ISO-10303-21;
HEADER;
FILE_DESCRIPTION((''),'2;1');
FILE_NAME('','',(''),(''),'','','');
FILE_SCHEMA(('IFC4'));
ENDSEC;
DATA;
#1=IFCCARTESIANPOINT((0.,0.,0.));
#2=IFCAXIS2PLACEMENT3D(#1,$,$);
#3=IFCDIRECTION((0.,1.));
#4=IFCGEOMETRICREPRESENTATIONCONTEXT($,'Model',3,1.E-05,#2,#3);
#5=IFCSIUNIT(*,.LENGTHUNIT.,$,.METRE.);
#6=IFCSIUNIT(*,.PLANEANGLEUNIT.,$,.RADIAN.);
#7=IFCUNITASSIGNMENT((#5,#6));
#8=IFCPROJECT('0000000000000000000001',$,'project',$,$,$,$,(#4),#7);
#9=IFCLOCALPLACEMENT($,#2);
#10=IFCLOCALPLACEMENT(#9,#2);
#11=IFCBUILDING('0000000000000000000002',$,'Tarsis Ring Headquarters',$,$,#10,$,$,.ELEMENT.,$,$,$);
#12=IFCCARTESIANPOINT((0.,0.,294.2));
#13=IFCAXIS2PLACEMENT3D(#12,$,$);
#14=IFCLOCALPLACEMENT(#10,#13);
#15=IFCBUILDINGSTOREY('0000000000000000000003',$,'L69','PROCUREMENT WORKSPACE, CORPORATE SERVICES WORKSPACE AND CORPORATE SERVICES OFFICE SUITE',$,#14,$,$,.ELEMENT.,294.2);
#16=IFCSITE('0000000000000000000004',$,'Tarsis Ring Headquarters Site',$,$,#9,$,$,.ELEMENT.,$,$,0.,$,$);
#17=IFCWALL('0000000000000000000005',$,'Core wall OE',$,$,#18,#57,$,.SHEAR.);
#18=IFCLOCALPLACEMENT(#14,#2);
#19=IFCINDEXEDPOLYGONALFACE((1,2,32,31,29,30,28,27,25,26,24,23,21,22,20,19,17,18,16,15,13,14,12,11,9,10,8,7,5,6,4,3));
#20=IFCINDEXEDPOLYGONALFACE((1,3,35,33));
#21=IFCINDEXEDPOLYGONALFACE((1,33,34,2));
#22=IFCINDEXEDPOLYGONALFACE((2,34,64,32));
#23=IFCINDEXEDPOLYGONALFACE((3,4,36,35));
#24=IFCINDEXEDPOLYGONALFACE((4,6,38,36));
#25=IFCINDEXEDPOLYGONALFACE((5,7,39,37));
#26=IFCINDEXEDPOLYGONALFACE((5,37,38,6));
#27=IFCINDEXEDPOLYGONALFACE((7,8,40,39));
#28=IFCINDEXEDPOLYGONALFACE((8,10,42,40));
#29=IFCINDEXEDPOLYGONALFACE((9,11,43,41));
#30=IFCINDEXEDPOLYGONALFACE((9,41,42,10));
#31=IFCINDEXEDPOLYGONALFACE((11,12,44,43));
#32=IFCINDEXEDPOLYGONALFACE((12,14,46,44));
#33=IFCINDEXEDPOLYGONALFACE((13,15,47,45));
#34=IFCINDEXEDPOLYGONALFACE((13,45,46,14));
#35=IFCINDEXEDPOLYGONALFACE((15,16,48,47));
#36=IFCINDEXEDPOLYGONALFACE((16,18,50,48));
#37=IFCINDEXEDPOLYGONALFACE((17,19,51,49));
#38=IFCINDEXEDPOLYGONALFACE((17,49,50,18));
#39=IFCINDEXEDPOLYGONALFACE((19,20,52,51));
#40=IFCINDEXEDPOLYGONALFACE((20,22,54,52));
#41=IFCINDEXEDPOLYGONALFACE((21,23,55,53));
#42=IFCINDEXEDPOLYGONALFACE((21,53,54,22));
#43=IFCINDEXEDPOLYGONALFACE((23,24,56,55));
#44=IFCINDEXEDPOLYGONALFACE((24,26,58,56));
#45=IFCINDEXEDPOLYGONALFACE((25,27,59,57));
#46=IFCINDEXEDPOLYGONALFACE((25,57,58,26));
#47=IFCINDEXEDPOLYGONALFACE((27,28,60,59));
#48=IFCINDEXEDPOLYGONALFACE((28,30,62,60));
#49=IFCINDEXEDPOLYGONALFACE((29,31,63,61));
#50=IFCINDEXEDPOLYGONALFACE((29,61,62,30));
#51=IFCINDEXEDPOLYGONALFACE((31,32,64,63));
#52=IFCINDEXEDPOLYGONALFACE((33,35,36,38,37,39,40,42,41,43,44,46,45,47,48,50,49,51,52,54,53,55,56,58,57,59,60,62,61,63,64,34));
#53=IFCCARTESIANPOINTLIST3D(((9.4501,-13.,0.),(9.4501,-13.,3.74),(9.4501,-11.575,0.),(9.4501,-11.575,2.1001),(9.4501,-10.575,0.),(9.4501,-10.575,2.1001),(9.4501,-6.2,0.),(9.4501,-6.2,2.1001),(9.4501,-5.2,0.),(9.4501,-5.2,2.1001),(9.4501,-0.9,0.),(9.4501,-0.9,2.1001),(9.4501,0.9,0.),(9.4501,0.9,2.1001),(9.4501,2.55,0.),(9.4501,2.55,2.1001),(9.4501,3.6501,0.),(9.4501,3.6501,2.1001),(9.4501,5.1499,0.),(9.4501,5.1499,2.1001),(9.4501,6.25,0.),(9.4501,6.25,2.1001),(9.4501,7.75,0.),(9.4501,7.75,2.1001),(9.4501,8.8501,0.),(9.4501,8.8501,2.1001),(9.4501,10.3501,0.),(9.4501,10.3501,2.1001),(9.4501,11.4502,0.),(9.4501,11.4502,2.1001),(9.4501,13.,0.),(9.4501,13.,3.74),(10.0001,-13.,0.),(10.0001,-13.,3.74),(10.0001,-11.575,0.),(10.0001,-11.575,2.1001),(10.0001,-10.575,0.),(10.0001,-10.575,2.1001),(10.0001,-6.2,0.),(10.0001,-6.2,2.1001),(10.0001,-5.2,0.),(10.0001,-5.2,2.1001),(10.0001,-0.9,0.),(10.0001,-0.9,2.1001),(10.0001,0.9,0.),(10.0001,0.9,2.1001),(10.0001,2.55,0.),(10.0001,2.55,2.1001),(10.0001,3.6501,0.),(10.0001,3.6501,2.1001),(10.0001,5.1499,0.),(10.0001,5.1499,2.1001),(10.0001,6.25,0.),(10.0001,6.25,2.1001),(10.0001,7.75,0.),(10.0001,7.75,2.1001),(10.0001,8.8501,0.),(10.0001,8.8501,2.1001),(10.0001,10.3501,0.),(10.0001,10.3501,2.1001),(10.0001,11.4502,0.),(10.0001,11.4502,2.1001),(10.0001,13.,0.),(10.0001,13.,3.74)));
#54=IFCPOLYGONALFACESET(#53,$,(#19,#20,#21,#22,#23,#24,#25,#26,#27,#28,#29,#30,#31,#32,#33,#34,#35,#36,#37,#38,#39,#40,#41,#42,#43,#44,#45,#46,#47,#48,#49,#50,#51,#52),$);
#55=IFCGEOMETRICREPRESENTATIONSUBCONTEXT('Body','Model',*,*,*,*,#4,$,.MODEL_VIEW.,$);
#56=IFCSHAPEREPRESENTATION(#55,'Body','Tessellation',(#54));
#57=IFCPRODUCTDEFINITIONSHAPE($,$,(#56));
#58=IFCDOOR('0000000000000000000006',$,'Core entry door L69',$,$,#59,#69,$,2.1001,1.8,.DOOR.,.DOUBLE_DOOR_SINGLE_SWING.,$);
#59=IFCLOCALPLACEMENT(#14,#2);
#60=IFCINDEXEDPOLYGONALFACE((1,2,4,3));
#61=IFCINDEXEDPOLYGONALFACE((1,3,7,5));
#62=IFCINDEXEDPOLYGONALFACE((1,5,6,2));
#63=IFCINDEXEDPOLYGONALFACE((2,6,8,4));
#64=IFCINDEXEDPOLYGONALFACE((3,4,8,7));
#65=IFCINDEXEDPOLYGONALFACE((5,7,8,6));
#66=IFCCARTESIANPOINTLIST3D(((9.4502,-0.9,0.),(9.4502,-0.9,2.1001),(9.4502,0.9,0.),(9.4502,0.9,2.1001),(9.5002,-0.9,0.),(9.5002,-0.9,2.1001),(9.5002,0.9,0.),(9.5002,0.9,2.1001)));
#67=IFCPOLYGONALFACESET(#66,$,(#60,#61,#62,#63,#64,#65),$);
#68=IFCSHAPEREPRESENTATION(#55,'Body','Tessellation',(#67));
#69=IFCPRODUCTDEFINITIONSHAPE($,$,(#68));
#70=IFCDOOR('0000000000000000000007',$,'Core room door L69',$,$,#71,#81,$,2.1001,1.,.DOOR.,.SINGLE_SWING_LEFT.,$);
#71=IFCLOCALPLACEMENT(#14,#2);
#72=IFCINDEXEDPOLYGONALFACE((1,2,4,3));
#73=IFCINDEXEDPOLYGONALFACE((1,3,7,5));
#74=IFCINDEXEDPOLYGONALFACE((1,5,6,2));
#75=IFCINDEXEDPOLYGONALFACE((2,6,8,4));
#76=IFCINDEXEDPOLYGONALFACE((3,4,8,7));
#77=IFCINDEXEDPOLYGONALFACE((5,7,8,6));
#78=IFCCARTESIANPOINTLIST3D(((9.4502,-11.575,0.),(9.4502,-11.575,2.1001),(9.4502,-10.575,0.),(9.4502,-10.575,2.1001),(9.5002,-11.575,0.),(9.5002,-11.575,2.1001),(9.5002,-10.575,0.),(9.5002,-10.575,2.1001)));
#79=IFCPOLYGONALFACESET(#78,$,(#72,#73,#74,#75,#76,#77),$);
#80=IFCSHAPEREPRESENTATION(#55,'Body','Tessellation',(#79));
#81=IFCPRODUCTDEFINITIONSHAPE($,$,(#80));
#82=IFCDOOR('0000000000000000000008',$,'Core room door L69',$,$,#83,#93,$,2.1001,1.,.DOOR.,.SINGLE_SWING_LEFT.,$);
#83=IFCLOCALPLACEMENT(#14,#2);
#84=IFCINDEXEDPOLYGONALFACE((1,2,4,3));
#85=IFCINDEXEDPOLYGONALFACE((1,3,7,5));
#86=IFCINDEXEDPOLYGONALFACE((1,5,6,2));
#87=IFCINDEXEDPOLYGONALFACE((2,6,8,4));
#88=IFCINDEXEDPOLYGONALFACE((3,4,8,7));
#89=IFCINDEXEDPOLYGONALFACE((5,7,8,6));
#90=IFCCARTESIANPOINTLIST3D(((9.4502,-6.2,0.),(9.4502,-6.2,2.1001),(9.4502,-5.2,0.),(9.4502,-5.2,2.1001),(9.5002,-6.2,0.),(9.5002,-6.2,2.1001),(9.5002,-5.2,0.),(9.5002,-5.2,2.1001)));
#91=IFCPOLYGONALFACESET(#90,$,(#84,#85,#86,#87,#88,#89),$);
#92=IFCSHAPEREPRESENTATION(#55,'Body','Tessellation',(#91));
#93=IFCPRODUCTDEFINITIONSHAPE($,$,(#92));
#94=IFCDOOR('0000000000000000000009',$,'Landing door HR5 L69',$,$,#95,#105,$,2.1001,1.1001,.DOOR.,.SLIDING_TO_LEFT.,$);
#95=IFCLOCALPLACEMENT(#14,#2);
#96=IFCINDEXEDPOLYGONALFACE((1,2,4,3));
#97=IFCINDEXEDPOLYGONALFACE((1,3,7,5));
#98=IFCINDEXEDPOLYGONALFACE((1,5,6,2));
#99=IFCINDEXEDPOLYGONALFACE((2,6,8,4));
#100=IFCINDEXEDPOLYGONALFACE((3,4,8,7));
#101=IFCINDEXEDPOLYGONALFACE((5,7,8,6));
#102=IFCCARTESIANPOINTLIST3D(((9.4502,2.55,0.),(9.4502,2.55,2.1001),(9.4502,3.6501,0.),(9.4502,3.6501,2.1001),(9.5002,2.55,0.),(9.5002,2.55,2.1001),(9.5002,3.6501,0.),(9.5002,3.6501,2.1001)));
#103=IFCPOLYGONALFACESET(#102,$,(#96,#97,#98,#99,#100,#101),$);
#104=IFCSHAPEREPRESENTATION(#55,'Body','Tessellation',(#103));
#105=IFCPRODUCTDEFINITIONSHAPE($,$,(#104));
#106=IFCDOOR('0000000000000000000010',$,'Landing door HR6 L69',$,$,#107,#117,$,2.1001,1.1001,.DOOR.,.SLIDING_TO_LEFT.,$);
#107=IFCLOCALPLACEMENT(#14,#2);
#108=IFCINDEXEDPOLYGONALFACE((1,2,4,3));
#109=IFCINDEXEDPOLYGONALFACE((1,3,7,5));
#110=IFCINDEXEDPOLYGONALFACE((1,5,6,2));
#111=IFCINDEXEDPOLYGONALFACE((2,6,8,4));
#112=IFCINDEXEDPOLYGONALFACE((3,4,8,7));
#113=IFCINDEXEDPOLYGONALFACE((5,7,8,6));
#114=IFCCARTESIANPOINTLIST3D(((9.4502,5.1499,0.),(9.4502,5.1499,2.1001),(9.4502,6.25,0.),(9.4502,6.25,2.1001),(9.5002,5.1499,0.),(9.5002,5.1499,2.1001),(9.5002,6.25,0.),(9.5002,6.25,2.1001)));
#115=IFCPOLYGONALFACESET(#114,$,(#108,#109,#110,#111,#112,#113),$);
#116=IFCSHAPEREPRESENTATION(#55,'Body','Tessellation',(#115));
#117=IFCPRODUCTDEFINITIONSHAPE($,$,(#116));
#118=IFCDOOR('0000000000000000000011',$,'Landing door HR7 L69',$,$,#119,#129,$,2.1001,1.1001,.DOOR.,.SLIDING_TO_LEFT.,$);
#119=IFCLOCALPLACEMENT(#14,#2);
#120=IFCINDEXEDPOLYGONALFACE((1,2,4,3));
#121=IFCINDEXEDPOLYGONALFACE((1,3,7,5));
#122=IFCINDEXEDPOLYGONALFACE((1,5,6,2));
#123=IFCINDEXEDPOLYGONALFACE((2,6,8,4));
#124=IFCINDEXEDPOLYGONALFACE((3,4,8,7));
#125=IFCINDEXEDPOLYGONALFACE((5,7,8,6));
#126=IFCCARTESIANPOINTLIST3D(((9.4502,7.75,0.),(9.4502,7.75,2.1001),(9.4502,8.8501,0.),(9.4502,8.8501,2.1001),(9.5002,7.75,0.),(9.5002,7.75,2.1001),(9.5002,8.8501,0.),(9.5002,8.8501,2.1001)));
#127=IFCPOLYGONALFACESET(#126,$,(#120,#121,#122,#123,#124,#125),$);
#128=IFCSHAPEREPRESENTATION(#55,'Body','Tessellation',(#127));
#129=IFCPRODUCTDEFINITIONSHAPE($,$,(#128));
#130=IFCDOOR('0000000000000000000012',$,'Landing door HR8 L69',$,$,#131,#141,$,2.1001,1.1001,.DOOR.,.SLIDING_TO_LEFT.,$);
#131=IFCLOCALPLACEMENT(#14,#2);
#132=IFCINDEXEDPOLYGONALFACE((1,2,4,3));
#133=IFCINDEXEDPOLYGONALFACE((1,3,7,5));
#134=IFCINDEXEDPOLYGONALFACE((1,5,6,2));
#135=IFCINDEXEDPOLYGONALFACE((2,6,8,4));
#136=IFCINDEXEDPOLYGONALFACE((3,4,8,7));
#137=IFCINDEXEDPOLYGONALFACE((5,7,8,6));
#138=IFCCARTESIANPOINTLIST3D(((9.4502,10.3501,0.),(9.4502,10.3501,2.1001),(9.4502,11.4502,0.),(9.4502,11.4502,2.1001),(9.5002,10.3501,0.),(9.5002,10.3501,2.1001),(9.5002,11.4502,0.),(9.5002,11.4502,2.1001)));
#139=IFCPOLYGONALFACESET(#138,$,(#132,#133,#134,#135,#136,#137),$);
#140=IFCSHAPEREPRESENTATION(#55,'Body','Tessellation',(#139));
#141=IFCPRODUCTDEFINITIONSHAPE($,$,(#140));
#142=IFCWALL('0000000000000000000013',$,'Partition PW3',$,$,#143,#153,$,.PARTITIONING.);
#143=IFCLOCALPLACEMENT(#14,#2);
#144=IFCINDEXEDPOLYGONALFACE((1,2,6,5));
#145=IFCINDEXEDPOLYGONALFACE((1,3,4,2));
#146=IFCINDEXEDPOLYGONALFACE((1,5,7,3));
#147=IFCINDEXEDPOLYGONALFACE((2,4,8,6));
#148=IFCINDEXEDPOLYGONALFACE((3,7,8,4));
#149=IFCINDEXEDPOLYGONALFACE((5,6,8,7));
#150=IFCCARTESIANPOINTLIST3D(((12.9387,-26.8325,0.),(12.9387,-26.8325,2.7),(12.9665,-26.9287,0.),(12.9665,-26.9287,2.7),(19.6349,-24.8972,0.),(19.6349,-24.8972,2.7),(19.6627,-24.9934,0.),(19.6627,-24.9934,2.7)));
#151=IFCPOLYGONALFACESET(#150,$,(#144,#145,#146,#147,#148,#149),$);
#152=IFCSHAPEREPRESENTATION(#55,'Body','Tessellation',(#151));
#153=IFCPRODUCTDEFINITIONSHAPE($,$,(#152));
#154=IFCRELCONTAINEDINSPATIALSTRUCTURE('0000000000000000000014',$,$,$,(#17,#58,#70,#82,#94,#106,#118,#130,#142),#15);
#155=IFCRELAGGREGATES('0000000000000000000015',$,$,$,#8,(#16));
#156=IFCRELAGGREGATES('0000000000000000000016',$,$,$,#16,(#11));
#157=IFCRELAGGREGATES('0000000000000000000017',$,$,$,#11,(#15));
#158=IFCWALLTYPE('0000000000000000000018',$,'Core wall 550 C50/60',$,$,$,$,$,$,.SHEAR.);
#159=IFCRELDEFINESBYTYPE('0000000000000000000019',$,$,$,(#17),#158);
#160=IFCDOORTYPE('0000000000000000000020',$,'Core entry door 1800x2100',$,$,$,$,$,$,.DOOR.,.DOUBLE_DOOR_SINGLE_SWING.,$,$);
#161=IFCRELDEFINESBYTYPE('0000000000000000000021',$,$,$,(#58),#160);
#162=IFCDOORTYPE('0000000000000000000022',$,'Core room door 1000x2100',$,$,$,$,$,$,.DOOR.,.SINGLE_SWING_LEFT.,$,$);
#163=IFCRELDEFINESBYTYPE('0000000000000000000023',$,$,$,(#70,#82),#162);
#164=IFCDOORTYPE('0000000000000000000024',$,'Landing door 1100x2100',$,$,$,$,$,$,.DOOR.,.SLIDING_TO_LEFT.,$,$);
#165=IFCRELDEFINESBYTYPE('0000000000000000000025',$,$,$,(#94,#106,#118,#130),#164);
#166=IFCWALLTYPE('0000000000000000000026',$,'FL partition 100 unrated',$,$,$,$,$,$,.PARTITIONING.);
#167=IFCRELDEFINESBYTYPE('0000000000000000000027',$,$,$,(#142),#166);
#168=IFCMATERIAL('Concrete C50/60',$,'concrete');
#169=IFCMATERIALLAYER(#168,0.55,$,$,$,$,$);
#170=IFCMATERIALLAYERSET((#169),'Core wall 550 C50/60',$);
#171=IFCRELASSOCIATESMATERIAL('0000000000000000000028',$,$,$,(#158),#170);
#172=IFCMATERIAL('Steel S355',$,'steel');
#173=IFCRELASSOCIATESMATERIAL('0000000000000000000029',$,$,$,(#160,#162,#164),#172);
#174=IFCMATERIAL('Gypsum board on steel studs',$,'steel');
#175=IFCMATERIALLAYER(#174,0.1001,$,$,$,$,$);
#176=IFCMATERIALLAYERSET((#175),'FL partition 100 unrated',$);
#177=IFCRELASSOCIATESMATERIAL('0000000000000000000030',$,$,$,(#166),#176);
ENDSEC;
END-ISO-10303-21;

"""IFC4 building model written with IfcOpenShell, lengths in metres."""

from ifc_helpers import new_model, si_unit, direction, frame, frame_2d, origin, place, context, subcontext, project, spatial, rectangle, extrude, material, layer, layer_set, type_object, element, fill, save


model = new_model("IFC4")

# Units and contexts
model_context = context("Model", 3, precision=1e-05, world=origin(), true_north=direction((0.0, 1.0)))
body_context = subcontext(model_context, "Body", "Model", "MODEL_VIEW")
ifc_project = project(units=[si_unit("LENGTHUNIT", "METRE"), si_unit("PLANEANGLEUNIT", "RADIAN")], contexts=[model_context])

# Site, building, storey
site_placement = place(None, origin())
site = spatial("IfcSite", under=ifc_project, at=site_placement, Name="Tarsis Ring Headquarters Site", CompositionType="ELEMENT", RefElevation=0.0)
building_placement = place(site_placement, origin())
building = spatial("IfcBuilding", under=site, at=building_placement, Name="Tarsis Ring Headquarters", CompositionType="ELEMENT")
storey_placement = place(building_placement, frame((0.0, 0.0, 294.2)))
storey = spatial("IfcBuildingStorey", under=building, at=storey_placement, Name="L69", Description="PROCUREMENT WORKSPACE, CORPORATE SERVICES WORKSPACE AND CORPORATE SERVICES OFFICE SUITE", CompositionType="ELEMENT", Elevation=294.2)

# Wall, openings, doors
ifc_material_1 = material(Name="Concrete C50/60", Category="concrete")
ifc_layer_1 = layer(ifc_material_1, 0.55)
ifc_layer_set_1 = layer_set([ifc_layer_1], Name="Core wall 550 C50/60")
wall_type_1 = type_object("IfcWallType", Name="Core wall 550 C50/60", PredefinedType="SHEAR", material=ifc_layer_set_1)
wall_1_placement = place(storey_placement, frame((9.7251, -13.0, 0.0), z_axis=(0.0, 0.0, 1.0), x_axis=(0.0, 1.0, 0.0)))
wall_1 = element("IfcWall", 1, at=wall_1_placement, inside=storey, type_object=wall_type_1, Name="Core wall OE", PredefinedType="SHEAR", context=body_context, shape_type="SweptSolid", body=[
    extrude(rectangle(XDim=26.0, YDim=0.55, at=frame_2d((13.0, 0.0))), origin(), (0.0, 0.0, 1.0), 3.74),
])
opening_1_placement = place(wall_1_placement, frame((1.425, 0.0, 0.0)))
opening_1 = element("IfcOpeningElement", 2, at=opening_1_placement, cuts=wall_1, PredefinedType="OPENING", context=body_context, shape_type="SweptSolid", body=[
    extrude(rectangle(XDim=1.0, YDim=2.1001, at=frame_2d((0.5, 1.05))), frame((0.0, 0.2849, 0.0), z_axis=(0.0, -1.0, 0.0), x_axis=(1.0, 0.0, 0.0)), (0.0, 0.0, 1.0), 0.5701),
])
opening_2_placement = place(wall_1_placement, frame((6.8, 0.0, 0.0)))
opening_2 = element("IfcOpeningElement", 3, at=opening_2_placement, cuts=wall_1, PredefinedType="OPENING", context=body_context, shape_type="SweptSolid", body=[
    extrude(rectangle(XDim=1.0, YDim=2.1001, at=frame_2d((0.5, 1.05))), frame((0.0, 0.2849, 0.0), z_axis=(0.0, -1.0, 0.0), x_axis=(1.0, 0.0, 0.0)), (0.0, 0.0, 1.0), 0.5701),
])
opening_3_placement = place(wall_1_placement, frame((12.1001, 0.0, 0.0)))
opening_3 = element("IfcOpeningElement", 4, at=opening_3_placement, cuts=wall_1, PredefinedType="OPENING", context=body_context, shape_type="SweptSolid", body=[
    extrude(rectangle(XDim=1.8, YDim=2.1001, at=frame_2d((0.8999, 1.05))), frame((0.0, 0.2849, 0.0), z_axis=(0.0, -1.0, 0.0), x_axis=(1.0, 0.0, 0.0)), (0.0, 0.0, 1.0), 0.5701),
])
opening_4_placement = place(wall_1_placement, frame((15.55, 0.0, 0.0)))
opening_4 = element("IfcOpeningElement", 5, at=opening_4_placement, cuts=wall_1, PredefinedType="OPENING", context=body_context, shape_type="SweptSolid", body=[
    extrude(rectangle(XDim=1.1001, YDim=2.1001, at=frame_2d((0.55, 1.05))), frame((0.0, 0.2849, 0.0), z_axis=(0.0, -1.0, 0.0), x_axis=(1.0, 0.0, 0.0)), (0.0, 0.0, 1.0), 0.5701),
])
opening_5_placement = place(wall_1_placement, frame((18.1499, 0.0, 0.0)))
opening_5 = element("IfcOpeningElement", 6, at=opening_5_placement, cuts=wall_1, PredefinedType="OPENING", context=body_context, shape_type="SweptSolid", body=[
    extrude(rectangle(XDim=1.1001, YDim=2.1001, at=frame_2d((0.55, 1.05))), frame((0.0, 0.2849, 0.0), z_axis=(0.0, -1.0, 0.0), x_axis=(1.0, 0.0, 0.0)), (0.0, 0.0, 1.0), 0.5701),
])
opening_6_placement = place(wall_1_placement, frame((20.75, 0.0, 0.0)))
opening_6 = element("IfcOpeningElement", 7, at=opening_6_placement, cuts=wall_1, PredefinedType="OPENING", context=body_context, shape_type="SweptSolid", body=[
    extrude(rectangle(XDim=1.1001, YDim=2.1001, at=frame_2d((0.55, 1.05))), frame((0.0, 0.2849, 0.0), z_axis=(0.0, -1.0, 0.0), x_axis=(1.0, 0.0, 0.0)), (0.0, 0.0, 1.0), 0.5701),
])
opening_7_placement = place(wall_1_placement, frame((23.3501, 0.0, 0.0)))
opening_7 = element("IfcOpeningElement", 8, at=opening_7_placement, cuts=wall_1, PredefinedType="OPENING", context=body_context, shape_type="SweptSolid", body=[
    extrude(rectangle(XDim=1.1001, YDim=2.1001, at=frame_2d((0.55, 1.05))), frame((0.0, 0.2849, 0.0), z_axis=(0.0, -1.0, 0.0), x_axis=(1.0, 0.0, 0.0)), (0.0, 0.0, 1.0), 0.5701),
])
ifc_material_2 = material(Name="Steel S355", Category="steel")
door_type_1 = type_object("IfcDoorType", Name="Core entry door 1800x2100", OperationType="DOUBLE_DOOR_SINGLE_SWING", PredefinedType="DOOR", material=ifc_material_2)
door_1_placement = place(opening_3_placement, origin())
door_1 = element("IfcDoor", 9, at=door_1_placement, inside=storey, type_object=door_type_1, Name="Core entry door L69", OperationType="DOUBLE_DOOR_SINGLE_SWING", OverallHeight=2.1001, OverallWidth=1.8, PredefinedType="DOOR", context=body_context, shape_type="SweptSolid", body=[
    extrude(rectangle(XDim=1.8, YDim=2.1001, at=frame_2d((0.8999, 1.05))), frame((0.0, 0.2749, 0.0), z_axis=(0.0, -1.0, 0.0), x_axis=(1.0, 0.0, 0.0)), (0.0, 0.0, 1.0), 0.05),
])
fill(opening_3, door_1)
door_type_2 = type_object("IfcDoorType", Name="Core room door 1000x2100", OperationType="SINGLE_SWING_LEFT", PredefinedType="DOOR", material=ifc_material_2)
door_2_placement = place(opening_1_placement, origin())
door_2 = element("IfcDoor", 10, at=door_2_placement, inside=storey, type_object=door_type_2, Name="Core room door L69", OperationType="SINGLE_SWING_LEFT", OverallHeight=2.1001, OverallWidth=1.0, PredefinedType="DOOR", context=body_context, shape_type="SweptSolid", body=[
    extrude(rectangle(XDim=1.0, YDim=2.1001, at=frame_2d((0.5, 1.05))), frame((0.0, 0.2749, 0.0), z_axis=(0.0, -1.0, 0.0), x_axis=(1.0, 0.0, 0.0)), (0.0, 0.0, 1.0), 0.05),
])
fill(opening_1, door_2)
door_3_placement = place(opening_2_placement, origin())
door_3 = element("IfcDoor", 11, at=door_3_placement, inside=storey, type_object=door_type_2, Name="Core room door L69", OperationType="SINGLE_SWING_LEFT", OverallHeight=2.1001, OverallWidth=1.0, PredefinedType="DOOR", context=body_context, shape_type="SweptSolid", body=[
    extrude(rectangle(XDim=1.0, YDim=2.1001, at=frame_2d((0.5, 1.05))), frame((0.0, 0.2749, 0.0), z_axis=(0.0, -1.0, 0.0), x_axis=(1.0, 0.0, 0.0)), (0.0, 0.0, 1.0), 0.05),
])
fill(opening_2, door_3)
door_type_3 = type_object("IfcDoorType", Name="Landing door 1100x2100", OperationType="SLIDING_TO_LEFT", PredefinedType="DOOR", material=ifc_material_2)
door_4_placement = place(opening_4_placement, origin())
door_4 = element("IfcDoor", 12, at=door_4_placement, inside=storey, type_object=door_type_3, Name="Landing door HR5 L69", OperationType="SLIDING_TO_LEFT", OverallHeight=2.1001, OverallWidth=1.1001, PredefinedType="DOOR", context=body_context, shape_type="SweptSolid", body=[
    extrude(rectangle(XDim=1.1001, YDim=2.1001, at=frame_2d((0.55, 1.05))), frame((0.0, 0.2749, 0.0), z_axis=(0.0, -1.0, 0.0), x_axis=(1.0, 0.0, 0.0)), (0.0, 0.0, 1.0), 0.05),
])
fill(opening_4, door_4)
door_5_placement = place(opening_5_placement, origin())
door_5 = element("IfcDoor", 13, at=door_5_placement, inside=storey, type_object=door_type_3, Name="Landing door HR6 L69", OperationType="SLIDING_TO_LEFT", OverallHeight=2.1001, OverallWidth=1.1001, PredefinedType="DOOR", context=body_context, shape_type="SweptSolid", body=[
    extrude(rectangle(XDim=1.1001, YDim=2.1001, at=frame_2d((0.55, 1.05))), frame((0.0, 0.2749, 0.0), z_axis=(0.0, -1.0, 0.0), x_axis=(1.0, 0.0, 0.0)), (0.0, 0.0, 1.0), 0.05),
])
fill(opening_5, door_5)
door_6_placement = place(opening_6_placement, origin())
door_6 = element("IfcDoor", 14, at=door_6_placement, inside=storey, type_object=door_type_3, Name="Landing door HR7 L69", OperationType="SLIDING_TO_LEFT", OverallHeight=2.1001, OverallWidth=1.1001, PredefinedType="DOOR", context=body_context, shape_type="SweptSolid", body=[
    extrude(rectangle(XDim=1.1001, YDim=2.1001, at=frame_2d((0.55, 1.05))), frame((0.0, 0.2749, 0.0), z_axis=(0.0, -1.0, 0.0), x_axis=(1.0, 0.0, 0.0)), (0.0, 0.0, 1.0), 0.05),
])
fill(opening_6, door_6)
door_7_placement = place(opening_7_placement, origin())
door_7 = element("IfcDoor", 15, at=door_7_placement, inside=storey, type_object=door_type_3, Name="Landing door HR8 L69", OperationType="SLIDING_TO_LEFT", OverallHeight=2.1001, OverallWidth=1.1001, PredefinedType="DOOR", context=body_context, shape_type="SweptSolid", body=[
    extrude(rectangle(XDim=1.1001, YDim=2.1001, at=frame_2d((0.55, 1.05))), frame((0.0, 0.2749, 0.0), z_axis=(0.0, -1.0, 0.0), x_axis=(1.0, 0.0, 0.0)), (0.0, 0.0, 1.0), 0.05),
])
fill(opening_7, door_7)

# Wall
ifc_material_3 = material(Name="Gypsum board on steel studs", Category="steel")
ifc_layer_2 = layer(ifc_material_3, 0.1001)
ifc_layer_set_2 = layer_set([ifc_layer_2], Name="FL partition 100 unrated")
wall_type_2 = type_object("IfcWallType", Name="FL partition 100 unrated", PredefinedType="PARTITIONING", material=ifc_layer_set_2)
wall_2_placement = place(storey_placement, frame((12.9526, -26.8806, 0.0), z_axis=(0.0, 0.0, 1.0), x_axis=(0.96068, 0.277657, 0.0)))
element("IfcWall", 16, at=wall_2_placement, inside=storey, type_object=wall_type_2, Name="Partition PW3", PredefinedType="PARTITIONING", context=body_context, shape_type="SweptSolid", body=[
    extrude(rectangle(XDim=6.9702, YDim=0.1001, at=frame_2d((3.4851, 0.0))), origin(), (0.0, 0.0, 1.0), 2.7),
])

save(model, "model.ifc")
